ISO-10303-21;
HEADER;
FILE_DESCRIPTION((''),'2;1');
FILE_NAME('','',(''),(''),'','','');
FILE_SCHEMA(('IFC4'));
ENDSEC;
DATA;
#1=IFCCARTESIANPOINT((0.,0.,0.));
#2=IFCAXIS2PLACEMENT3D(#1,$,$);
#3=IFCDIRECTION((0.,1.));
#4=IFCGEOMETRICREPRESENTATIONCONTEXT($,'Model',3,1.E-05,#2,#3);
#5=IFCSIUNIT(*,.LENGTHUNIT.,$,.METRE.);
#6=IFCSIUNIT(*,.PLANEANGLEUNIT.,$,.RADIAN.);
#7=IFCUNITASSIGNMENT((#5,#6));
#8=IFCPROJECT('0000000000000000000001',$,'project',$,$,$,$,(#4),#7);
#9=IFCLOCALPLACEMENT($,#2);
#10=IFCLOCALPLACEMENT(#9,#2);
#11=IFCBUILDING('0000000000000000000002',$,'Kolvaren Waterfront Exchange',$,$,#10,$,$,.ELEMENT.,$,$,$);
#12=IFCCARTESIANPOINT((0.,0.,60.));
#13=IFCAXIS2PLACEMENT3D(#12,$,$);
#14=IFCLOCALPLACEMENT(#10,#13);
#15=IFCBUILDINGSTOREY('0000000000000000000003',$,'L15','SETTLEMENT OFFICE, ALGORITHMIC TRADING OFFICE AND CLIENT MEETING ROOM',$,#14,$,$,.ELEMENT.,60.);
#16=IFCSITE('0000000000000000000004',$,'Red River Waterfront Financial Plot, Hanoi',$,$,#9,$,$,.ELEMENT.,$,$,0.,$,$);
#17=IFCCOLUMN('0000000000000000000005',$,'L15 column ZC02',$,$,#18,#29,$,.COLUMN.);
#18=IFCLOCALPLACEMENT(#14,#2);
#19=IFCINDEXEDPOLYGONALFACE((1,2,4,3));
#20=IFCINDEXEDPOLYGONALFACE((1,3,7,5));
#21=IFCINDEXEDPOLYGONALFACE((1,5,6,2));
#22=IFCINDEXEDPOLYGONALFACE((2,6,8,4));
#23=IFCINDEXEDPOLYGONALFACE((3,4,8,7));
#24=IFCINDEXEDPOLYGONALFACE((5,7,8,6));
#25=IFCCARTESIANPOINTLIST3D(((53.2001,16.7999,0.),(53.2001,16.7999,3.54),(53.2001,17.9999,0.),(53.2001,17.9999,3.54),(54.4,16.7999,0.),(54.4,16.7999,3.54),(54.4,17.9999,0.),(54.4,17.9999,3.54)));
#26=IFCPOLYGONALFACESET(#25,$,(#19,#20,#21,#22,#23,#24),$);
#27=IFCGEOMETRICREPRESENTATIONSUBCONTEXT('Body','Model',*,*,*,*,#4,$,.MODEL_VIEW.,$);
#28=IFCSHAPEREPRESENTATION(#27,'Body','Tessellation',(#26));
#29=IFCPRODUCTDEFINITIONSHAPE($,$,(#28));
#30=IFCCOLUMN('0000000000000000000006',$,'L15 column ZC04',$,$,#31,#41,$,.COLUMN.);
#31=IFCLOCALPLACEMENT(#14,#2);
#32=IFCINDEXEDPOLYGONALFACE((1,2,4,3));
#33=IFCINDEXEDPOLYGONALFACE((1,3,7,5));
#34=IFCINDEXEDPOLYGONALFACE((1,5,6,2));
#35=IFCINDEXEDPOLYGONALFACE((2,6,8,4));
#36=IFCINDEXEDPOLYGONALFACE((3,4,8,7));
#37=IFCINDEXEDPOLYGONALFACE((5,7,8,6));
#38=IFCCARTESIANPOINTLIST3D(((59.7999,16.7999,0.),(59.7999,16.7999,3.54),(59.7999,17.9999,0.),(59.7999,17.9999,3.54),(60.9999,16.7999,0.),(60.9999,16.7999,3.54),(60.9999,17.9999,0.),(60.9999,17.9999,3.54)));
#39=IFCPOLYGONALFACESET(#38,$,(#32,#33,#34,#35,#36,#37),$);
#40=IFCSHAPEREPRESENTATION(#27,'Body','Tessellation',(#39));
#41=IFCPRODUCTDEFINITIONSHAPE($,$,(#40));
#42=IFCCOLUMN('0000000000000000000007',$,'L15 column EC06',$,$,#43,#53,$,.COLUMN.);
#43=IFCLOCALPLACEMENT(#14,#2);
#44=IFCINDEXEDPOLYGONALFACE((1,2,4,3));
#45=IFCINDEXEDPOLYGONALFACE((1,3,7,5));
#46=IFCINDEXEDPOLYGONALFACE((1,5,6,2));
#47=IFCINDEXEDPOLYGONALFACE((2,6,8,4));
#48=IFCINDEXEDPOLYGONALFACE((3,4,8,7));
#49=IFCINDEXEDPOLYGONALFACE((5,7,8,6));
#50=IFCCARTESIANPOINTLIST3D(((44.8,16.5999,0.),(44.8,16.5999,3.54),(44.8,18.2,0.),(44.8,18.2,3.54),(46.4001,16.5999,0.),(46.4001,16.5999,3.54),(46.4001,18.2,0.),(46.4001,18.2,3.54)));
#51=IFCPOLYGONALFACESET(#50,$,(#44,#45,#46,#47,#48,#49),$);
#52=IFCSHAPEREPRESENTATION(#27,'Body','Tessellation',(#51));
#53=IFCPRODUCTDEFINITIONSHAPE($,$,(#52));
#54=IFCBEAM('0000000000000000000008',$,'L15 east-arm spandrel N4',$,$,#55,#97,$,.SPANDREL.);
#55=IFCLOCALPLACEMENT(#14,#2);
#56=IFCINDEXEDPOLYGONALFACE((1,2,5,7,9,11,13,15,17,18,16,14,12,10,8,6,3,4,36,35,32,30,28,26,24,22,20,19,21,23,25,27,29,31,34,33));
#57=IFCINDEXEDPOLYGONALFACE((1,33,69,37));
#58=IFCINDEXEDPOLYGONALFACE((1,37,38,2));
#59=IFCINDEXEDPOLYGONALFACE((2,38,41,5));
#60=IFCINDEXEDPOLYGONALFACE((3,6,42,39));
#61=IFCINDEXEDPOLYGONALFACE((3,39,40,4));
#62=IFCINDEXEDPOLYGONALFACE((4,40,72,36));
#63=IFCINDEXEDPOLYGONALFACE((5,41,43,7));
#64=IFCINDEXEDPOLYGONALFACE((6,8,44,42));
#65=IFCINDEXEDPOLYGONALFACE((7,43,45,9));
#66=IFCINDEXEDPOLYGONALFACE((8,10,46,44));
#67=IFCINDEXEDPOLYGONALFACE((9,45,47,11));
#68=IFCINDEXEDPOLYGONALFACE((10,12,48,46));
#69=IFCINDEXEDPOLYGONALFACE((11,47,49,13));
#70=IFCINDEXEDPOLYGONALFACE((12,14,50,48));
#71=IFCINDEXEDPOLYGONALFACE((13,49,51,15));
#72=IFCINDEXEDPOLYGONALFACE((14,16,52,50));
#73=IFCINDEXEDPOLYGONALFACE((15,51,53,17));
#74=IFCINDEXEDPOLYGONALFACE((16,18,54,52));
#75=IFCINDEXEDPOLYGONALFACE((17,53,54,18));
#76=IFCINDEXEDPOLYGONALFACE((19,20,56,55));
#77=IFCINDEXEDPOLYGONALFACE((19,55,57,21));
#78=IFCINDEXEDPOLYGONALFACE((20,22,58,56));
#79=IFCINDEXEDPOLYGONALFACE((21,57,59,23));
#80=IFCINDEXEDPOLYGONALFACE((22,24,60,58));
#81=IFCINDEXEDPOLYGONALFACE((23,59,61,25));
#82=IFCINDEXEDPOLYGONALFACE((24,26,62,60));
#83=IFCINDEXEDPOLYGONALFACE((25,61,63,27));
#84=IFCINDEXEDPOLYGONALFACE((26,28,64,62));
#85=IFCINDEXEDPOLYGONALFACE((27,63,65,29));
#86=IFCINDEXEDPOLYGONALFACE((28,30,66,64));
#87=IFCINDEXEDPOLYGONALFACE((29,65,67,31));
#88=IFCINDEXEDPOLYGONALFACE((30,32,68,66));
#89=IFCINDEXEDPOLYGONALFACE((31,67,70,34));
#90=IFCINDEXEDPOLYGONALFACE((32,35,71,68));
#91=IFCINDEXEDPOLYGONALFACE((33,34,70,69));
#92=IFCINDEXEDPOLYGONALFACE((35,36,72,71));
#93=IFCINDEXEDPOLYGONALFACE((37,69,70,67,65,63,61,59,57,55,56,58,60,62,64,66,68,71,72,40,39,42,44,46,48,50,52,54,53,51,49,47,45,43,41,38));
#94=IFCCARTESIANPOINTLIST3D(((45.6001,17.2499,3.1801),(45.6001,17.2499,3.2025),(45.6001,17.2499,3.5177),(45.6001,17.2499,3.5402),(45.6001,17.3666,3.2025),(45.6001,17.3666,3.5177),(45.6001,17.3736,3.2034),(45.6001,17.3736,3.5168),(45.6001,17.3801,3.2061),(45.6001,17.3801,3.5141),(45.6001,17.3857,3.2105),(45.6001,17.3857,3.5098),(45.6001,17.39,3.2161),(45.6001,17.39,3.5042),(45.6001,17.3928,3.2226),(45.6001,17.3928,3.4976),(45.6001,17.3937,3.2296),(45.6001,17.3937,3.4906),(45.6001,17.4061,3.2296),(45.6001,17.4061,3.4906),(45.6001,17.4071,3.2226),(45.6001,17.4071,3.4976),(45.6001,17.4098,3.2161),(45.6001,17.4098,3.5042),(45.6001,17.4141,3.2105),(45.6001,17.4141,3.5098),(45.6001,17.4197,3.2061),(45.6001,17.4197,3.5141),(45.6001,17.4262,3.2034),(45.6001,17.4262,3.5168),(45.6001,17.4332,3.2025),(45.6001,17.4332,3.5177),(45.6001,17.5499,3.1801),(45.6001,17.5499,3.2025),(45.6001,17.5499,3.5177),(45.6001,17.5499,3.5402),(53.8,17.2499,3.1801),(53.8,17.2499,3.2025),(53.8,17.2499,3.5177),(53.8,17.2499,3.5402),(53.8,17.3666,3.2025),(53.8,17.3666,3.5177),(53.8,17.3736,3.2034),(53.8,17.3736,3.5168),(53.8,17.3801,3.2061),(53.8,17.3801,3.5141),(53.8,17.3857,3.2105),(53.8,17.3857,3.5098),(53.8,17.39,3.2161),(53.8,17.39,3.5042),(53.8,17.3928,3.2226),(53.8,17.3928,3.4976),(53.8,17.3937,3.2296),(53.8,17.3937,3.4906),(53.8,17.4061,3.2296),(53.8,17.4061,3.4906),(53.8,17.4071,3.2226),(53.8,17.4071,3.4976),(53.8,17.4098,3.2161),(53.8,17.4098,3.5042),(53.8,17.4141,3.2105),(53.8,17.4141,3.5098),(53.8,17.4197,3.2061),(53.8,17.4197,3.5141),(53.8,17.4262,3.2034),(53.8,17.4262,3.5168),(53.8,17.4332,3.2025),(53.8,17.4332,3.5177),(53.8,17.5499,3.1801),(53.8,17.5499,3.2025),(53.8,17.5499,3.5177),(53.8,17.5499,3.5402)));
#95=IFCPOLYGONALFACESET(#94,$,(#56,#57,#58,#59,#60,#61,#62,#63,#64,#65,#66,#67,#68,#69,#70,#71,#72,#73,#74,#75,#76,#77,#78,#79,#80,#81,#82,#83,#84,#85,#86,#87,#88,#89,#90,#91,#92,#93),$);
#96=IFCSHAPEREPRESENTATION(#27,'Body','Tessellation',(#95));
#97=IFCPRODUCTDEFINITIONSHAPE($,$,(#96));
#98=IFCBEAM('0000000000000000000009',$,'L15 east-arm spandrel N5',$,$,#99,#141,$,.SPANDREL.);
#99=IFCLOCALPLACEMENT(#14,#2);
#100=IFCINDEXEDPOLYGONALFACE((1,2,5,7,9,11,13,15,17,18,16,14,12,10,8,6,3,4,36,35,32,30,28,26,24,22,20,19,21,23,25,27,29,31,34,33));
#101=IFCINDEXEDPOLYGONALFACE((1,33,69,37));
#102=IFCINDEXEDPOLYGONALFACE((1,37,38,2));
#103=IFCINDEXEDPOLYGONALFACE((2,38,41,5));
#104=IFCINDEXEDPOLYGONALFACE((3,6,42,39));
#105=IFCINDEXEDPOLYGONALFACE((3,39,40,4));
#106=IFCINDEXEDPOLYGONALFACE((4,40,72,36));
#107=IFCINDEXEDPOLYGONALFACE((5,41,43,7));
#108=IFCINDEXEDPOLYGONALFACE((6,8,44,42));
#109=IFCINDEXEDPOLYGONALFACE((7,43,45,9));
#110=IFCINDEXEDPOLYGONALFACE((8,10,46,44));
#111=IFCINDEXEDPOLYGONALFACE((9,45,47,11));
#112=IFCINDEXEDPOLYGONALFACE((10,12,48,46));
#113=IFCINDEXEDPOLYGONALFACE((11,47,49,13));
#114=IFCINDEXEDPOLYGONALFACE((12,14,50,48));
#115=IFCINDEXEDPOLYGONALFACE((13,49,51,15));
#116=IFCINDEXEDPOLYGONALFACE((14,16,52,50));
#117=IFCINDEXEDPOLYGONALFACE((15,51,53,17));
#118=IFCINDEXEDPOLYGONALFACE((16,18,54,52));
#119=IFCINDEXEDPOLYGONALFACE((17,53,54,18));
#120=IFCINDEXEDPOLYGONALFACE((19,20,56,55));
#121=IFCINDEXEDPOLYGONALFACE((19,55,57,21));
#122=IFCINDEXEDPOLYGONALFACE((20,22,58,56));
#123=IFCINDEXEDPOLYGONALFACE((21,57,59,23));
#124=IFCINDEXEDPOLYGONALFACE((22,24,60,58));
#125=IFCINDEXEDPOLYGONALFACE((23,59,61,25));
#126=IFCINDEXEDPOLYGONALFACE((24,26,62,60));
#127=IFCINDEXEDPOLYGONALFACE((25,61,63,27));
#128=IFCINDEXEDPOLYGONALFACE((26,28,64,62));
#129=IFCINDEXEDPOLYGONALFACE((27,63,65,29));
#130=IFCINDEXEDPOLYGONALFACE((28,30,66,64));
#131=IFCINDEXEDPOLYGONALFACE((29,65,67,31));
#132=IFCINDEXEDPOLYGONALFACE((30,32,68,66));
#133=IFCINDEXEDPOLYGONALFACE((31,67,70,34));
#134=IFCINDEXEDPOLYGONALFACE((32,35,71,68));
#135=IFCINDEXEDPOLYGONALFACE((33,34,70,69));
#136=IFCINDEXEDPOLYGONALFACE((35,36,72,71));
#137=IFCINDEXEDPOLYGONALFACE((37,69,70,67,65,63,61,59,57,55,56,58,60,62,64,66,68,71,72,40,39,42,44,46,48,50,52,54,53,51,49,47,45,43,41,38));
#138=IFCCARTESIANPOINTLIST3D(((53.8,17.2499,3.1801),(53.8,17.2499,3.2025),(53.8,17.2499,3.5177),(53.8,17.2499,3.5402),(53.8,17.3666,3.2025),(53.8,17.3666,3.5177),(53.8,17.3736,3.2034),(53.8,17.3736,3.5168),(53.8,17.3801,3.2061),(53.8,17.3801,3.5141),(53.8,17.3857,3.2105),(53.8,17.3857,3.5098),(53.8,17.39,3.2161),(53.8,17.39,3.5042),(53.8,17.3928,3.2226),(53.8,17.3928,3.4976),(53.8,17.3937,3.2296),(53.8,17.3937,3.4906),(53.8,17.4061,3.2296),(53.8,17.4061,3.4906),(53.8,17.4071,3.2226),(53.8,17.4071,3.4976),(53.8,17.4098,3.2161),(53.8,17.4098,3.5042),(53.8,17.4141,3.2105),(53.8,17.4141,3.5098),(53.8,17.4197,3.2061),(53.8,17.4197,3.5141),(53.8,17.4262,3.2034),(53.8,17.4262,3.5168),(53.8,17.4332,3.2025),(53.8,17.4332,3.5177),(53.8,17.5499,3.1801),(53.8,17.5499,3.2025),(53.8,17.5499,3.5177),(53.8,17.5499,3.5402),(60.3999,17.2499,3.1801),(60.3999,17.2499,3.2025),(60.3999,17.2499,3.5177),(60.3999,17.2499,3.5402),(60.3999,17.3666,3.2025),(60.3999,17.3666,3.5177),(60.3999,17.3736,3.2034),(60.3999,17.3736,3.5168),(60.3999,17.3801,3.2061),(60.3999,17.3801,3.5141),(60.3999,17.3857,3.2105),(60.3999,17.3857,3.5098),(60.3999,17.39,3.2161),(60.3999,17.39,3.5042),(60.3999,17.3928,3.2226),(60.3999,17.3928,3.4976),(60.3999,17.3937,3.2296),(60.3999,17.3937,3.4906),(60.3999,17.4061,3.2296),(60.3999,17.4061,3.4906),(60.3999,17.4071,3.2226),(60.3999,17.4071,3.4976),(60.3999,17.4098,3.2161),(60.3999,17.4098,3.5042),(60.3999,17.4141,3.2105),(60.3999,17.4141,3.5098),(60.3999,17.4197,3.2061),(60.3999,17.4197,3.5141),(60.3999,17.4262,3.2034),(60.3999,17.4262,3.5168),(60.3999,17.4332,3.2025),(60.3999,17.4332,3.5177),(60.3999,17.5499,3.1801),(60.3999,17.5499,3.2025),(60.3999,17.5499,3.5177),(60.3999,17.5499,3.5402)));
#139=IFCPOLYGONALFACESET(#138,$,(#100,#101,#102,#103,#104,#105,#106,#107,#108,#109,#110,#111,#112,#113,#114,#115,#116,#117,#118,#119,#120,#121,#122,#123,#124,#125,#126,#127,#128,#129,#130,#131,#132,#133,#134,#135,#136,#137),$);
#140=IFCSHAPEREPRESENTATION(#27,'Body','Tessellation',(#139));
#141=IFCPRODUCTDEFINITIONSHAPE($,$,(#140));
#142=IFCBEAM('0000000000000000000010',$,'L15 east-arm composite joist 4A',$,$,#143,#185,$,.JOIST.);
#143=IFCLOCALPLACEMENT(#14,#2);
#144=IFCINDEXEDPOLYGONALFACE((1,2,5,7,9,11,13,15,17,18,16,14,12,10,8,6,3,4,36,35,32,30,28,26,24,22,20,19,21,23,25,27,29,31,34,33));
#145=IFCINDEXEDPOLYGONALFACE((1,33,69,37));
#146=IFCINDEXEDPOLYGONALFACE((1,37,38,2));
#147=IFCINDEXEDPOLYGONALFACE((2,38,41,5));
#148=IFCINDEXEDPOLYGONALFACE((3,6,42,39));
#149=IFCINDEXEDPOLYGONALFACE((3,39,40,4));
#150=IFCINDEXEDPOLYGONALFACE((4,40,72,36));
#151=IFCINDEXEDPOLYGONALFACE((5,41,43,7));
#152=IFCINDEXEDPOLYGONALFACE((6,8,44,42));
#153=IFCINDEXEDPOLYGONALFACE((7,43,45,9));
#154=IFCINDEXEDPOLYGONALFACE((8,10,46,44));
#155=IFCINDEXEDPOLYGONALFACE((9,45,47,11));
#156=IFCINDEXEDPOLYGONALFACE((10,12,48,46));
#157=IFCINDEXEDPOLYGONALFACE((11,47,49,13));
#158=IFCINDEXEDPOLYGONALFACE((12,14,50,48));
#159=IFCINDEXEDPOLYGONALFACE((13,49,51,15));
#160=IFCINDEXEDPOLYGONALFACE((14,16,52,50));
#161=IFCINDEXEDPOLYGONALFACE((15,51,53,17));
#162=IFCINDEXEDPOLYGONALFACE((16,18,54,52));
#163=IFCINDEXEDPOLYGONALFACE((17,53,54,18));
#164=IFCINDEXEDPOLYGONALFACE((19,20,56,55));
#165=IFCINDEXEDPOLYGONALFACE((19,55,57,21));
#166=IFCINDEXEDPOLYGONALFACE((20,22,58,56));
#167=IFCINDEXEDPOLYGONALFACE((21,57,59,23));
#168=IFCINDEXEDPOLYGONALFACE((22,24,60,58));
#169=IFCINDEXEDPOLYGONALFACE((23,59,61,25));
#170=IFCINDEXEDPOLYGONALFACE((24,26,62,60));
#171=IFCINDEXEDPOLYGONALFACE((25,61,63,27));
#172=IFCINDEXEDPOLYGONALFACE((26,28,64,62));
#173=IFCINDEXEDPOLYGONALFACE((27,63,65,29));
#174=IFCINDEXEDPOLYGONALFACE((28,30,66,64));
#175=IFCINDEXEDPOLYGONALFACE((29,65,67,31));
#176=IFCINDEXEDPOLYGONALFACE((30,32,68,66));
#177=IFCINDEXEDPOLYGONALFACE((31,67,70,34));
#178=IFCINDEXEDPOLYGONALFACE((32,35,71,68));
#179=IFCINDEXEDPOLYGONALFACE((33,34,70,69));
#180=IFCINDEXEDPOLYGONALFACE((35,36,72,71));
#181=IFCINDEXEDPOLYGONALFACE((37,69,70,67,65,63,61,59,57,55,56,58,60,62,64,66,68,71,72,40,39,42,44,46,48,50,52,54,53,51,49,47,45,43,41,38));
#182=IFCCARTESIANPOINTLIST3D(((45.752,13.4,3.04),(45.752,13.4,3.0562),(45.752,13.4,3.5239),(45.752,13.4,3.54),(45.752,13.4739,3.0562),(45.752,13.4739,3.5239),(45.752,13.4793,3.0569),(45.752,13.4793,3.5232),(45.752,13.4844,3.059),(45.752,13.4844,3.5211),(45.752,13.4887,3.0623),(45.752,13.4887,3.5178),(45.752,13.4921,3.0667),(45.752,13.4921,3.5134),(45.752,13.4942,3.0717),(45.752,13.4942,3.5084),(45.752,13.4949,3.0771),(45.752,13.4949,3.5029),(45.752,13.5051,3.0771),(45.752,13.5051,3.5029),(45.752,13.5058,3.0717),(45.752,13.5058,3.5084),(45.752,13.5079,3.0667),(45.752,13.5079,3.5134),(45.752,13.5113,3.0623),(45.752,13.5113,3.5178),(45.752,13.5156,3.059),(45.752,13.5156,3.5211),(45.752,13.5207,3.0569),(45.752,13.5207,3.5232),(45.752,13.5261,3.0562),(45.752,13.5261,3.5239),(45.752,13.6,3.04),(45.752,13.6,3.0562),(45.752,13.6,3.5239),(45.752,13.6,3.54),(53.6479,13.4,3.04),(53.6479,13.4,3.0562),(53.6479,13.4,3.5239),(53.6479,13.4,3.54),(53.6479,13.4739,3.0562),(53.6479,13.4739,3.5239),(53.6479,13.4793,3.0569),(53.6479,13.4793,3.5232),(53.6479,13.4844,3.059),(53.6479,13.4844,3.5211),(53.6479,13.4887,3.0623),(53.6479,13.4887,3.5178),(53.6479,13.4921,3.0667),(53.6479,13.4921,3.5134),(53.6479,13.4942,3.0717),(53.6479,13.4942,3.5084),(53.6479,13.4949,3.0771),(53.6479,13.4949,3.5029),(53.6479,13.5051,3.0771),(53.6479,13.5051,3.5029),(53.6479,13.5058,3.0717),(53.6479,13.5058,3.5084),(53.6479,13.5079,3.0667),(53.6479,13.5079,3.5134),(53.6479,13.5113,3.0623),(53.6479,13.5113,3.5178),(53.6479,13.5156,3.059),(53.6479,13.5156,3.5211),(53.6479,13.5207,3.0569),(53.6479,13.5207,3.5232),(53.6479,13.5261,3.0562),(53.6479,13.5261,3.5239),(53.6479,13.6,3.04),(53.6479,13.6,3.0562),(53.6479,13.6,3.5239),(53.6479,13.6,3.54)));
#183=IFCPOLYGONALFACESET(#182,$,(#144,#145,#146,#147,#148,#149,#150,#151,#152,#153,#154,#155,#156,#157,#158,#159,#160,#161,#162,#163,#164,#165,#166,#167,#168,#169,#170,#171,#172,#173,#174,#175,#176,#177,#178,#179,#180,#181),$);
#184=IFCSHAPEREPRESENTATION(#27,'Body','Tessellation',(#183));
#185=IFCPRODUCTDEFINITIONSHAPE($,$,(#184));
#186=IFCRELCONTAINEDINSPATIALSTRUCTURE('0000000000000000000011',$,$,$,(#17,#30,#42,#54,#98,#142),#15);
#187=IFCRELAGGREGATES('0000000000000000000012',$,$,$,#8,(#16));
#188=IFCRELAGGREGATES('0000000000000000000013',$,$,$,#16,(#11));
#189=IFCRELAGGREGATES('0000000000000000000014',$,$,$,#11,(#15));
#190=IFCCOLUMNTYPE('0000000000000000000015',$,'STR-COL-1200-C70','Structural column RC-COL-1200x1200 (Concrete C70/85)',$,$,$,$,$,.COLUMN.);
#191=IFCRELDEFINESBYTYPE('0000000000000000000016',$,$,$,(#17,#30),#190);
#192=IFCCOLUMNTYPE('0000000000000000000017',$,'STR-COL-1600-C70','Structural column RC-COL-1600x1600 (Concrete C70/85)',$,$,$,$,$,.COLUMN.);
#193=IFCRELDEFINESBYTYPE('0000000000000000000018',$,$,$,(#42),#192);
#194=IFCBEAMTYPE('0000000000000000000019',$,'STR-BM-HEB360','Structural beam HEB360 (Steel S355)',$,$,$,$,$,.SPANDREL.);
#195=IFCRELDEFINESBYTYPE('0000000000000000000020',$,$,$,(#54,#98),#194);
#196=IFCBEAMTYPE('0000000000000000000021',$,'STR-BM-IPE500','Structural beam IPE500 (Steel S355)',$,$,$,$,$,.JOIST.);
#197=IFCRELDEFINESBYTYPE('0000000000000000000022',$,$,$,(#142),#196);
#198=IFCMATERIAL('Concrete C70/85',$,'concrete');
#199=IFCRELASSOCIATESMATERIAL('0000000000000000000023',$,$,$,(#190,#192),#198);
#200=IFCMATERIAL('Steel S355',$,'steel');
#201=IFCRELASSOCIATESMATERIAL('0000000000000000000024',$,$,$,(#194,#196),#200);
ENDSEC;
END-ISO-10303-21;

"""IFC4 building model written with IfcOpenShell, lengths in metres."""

from ifc_helpers import new_model, si_unit, direction, frame, origin, origin_2d, place, context, subcontext, project, spatial, rectangle, i_section, extrude, material, material_profile, profile_set, type_object, element, save


model = new_model("IFC4")

# Units and contexts
model_context = context("Model", 3, precision=1e-05, world=origin(), true_north=direction((0.0, 1.0)))
body_context = subcontext(model_context, "Body", "Model", "MODEL_VIEW")
ifc_project = project(units=[si_unit("LENGTHUNIT", "METRE"), si_unit("PLANEANGLEUNIT", "RADIAN")], contexts=[model_context])

# Site, building, storey
site_placement = place(None, origin())
site = spatial("IfcSite", under=ifc_project, at=site_placement, Name="Red River Waterfront Financial Plot, Hanoi", CompositionType="ELEMENT", RefElevation=0.0)
building_placement = place(site_placement, origin())
building = spatial("IfcBuilding", under=site, at=building_placement, Name="Kolvaren Waterfront Exchange", CompositionType="ELEMENT")
storey_placement = place(building_placement, frame((0.0, 0.0, 60.0)))
storey = spatial("IfcBuildingStorey", under=building, at=storey_placement, Name="L15", Description="SETTLEMENT OFFICE, ALGORITHMIC TRADING OFFICE AND CLIENT MEETING ROOM", CompositionType="ELEMENT", Elevation=60.0)

# Columns
ifc_material_1 = material(Name="Concrete C70/85", Category="concrete")
ifc_material_profile_1 = material_profile(ifc_material_1, rectangle(XDim=1.2, YDim=1.2, at=origin_2d()), Name="RC-COL-1200x1200")
ifc_profile_set_1 = profile_set([ifc_material_profile_1], Name="Concrete C70/85")
column_type_1 = type_object("IfcColumnType", Name="STR-COL-1200-C70", Description="Structural column RC-COL-1200x1200 (Concrete C70/85)", PredefinedType="COLUMN", material=ifc_profile_set_1)
for number, where, z_axis, x_axis, name in (
    (1, (53.8, 17.3999, 0.0), (0.0, 0.0, 1.0), (1.0, 0.0, 0.0), "L15 column ZC02"),
    (2, (60.3999, 17.3999, 0.0), (0.0, 0.0, 1.0), (1.0, 0.0, 0.0), "L15 column ZC04"),
):
    element("IfcColumn", number, at=place(storey_placement, frame(where, z_axis=z_axis, x_axis=x_axis)), inside=storey, type_object=column_type_1, Name=name, PredefinedType="COLUMN", context=body_context, shape_type="SweptSolid", body=[
        extrude(rectangle(XDim=1.2, YDim=1.2, at=origin_2d()), origin(), (0.0, 0.0, 1.0), 3.54),
    ])
ifc_material_profile_2 = material_profile(ifc_material_1, rectangle(XDim=1.6001, YDim=1.6001, at=origin_2d()), Name="RC-COL-1600x1600")
ifc_profile_set_2 = profile_set([ifc_material_profile_2], Name="Concrete C70/85")
column_type_2 = type_object("IfcColumnType", Name="STR-COL-1600-C70", Description="Structural column RC-COL-1600x1600 (Concrete C70/85)", PredefinedType="COLUMN", material=ifc_profile_set_2)
column_placement = place(storey_placement, frame((45.6001, 17.3999, 0.0), z_axis=(0.0, 0.0, 1.0), x_axis=(1.0, 0.0, 0.0)))
element("IfcColumn", 3, at=column_placement, inside=storey, type_object=column_type_2, Name="L15 column EC06", PredefinedType="COLUMN", context=body_context, shape_type="SweptSolid", body=[
    extrude(rectangle(XDim=1.6001, YDim=1.6001, at=origin_2d()), origin(), (0.0, 0.0, 1.0), 3.54),
])

# Beams
ifc_material_2 = material(Name="Steel S355", Category="steel")
ifc_material_profile_3 = material_profile(ifc_material_2, i_section(OverallWidth=0.3, OverallDepth=0.3601, WebThickness=0.0125, FlangeThickness=0.0225, FilletRadius=0.0271, at=origin_2d()), Name="HEB360")
ifc_profile_set_3 = profile_set([ifc_material_profile_3], Name="Steel S355")
beam_type_1 = type_object("IfcBeamType", Name="STR-BM-HEB360", Description="Structural beam HEB360 (Steel S355)", PredefinedType="SPANDREL", material=ifc_profile_set_3)
beam_1_placement = place(storey_placement, frame((45.6001, 17.3999, 3.3601), z_axis=(1.0, 0.0, 0.0), x_axis=(0.0, 1.0, 0.0)))
element("IfcBeam", 4, at=beam_1_placement, inside=storey, type_object=beam_type_1, Name="L15 east-arm spandrel N4", PredefinedType="SPANDREL", context=body_context, shape_type="SweptSolid", body=[
    extrude(i_section(OverallWidth=0.3, OverallDepth=0.3601, WebThickness=0.0125, FlangeThickness=0.0225, FilletRadius=0.0271, at=origin_2d()), origin(), (0.0, 0.0, 1.0), 8.2),
])
beam_2_placement = place(storey_placement, frame((53.8, 17.3999, 3.3601), z_axis=(1.0, 0.0, 0.0), x_axis=(0.0, 1.0, 0.0)))
element("IfcBeam", 5, at=beam_2_placement, inside=storey, type_object=beam_type_1, Name="L15 east-arm spandrel N5", PredefinedType="SPANDREL", context=body_context, shape_type="SweptSolid", body=[
    extrude(i_section(OverallWidth=0.3, OverallDepth=0.3601, WebThickness=0.0125, FlangeThickness=0.0225, FilletRadius=0.0271, at=origin_2d()), origin(), (0.0, 0.0, 1.0), 6.5999),
])
ifc_material_profile_4 = material_profile(ifc_material_2, i_section(OverallWidth=0.2, OverallDepth=0.5, WebThickness=0.0103, FlangeThickness=0.0161, FilletRadius=0.021, at=origin_2d()), Name="IPE500")
ifc_profile_set_4 = profile_set([ifc_material_profile_4], Name="Steel S355")
beam_type_2 = type_object("IfcBeamType", Name="STR-BM-IPE500", Description="Structural beam IPE500 (Steel S355)", PredefinedType="JOIST", material=ifc_profile_set_4)
for number, where, z_axis, x_axis, name in (
    (6, (45.752, 13.5, 3.29), (1.0, 0.0, 0.0), (0.0, 1.0, 0.0), "L15 east-arm composite joist 4A"),
):
    element("IfcBeam", number, at=place(storey_placement, frame(where, z_axis=z_axis, x_axis=x_axis)), inside=storey, type_object=beam_type_2, Name=name, PredefinedType="JOIST", context=body_context, shape_type="SweptSolid", body=[
        extrude(i_section(OverallWidth=0.2, OverallDepth=0.5, WebThickness=0.0103, FlangeThickness=0.0161, FilletRadius=0.021, at=origin_2d()), origin(), (0.0, 0.0, 1.0), 7.896),
    ])

save(model, "model.ifc")
